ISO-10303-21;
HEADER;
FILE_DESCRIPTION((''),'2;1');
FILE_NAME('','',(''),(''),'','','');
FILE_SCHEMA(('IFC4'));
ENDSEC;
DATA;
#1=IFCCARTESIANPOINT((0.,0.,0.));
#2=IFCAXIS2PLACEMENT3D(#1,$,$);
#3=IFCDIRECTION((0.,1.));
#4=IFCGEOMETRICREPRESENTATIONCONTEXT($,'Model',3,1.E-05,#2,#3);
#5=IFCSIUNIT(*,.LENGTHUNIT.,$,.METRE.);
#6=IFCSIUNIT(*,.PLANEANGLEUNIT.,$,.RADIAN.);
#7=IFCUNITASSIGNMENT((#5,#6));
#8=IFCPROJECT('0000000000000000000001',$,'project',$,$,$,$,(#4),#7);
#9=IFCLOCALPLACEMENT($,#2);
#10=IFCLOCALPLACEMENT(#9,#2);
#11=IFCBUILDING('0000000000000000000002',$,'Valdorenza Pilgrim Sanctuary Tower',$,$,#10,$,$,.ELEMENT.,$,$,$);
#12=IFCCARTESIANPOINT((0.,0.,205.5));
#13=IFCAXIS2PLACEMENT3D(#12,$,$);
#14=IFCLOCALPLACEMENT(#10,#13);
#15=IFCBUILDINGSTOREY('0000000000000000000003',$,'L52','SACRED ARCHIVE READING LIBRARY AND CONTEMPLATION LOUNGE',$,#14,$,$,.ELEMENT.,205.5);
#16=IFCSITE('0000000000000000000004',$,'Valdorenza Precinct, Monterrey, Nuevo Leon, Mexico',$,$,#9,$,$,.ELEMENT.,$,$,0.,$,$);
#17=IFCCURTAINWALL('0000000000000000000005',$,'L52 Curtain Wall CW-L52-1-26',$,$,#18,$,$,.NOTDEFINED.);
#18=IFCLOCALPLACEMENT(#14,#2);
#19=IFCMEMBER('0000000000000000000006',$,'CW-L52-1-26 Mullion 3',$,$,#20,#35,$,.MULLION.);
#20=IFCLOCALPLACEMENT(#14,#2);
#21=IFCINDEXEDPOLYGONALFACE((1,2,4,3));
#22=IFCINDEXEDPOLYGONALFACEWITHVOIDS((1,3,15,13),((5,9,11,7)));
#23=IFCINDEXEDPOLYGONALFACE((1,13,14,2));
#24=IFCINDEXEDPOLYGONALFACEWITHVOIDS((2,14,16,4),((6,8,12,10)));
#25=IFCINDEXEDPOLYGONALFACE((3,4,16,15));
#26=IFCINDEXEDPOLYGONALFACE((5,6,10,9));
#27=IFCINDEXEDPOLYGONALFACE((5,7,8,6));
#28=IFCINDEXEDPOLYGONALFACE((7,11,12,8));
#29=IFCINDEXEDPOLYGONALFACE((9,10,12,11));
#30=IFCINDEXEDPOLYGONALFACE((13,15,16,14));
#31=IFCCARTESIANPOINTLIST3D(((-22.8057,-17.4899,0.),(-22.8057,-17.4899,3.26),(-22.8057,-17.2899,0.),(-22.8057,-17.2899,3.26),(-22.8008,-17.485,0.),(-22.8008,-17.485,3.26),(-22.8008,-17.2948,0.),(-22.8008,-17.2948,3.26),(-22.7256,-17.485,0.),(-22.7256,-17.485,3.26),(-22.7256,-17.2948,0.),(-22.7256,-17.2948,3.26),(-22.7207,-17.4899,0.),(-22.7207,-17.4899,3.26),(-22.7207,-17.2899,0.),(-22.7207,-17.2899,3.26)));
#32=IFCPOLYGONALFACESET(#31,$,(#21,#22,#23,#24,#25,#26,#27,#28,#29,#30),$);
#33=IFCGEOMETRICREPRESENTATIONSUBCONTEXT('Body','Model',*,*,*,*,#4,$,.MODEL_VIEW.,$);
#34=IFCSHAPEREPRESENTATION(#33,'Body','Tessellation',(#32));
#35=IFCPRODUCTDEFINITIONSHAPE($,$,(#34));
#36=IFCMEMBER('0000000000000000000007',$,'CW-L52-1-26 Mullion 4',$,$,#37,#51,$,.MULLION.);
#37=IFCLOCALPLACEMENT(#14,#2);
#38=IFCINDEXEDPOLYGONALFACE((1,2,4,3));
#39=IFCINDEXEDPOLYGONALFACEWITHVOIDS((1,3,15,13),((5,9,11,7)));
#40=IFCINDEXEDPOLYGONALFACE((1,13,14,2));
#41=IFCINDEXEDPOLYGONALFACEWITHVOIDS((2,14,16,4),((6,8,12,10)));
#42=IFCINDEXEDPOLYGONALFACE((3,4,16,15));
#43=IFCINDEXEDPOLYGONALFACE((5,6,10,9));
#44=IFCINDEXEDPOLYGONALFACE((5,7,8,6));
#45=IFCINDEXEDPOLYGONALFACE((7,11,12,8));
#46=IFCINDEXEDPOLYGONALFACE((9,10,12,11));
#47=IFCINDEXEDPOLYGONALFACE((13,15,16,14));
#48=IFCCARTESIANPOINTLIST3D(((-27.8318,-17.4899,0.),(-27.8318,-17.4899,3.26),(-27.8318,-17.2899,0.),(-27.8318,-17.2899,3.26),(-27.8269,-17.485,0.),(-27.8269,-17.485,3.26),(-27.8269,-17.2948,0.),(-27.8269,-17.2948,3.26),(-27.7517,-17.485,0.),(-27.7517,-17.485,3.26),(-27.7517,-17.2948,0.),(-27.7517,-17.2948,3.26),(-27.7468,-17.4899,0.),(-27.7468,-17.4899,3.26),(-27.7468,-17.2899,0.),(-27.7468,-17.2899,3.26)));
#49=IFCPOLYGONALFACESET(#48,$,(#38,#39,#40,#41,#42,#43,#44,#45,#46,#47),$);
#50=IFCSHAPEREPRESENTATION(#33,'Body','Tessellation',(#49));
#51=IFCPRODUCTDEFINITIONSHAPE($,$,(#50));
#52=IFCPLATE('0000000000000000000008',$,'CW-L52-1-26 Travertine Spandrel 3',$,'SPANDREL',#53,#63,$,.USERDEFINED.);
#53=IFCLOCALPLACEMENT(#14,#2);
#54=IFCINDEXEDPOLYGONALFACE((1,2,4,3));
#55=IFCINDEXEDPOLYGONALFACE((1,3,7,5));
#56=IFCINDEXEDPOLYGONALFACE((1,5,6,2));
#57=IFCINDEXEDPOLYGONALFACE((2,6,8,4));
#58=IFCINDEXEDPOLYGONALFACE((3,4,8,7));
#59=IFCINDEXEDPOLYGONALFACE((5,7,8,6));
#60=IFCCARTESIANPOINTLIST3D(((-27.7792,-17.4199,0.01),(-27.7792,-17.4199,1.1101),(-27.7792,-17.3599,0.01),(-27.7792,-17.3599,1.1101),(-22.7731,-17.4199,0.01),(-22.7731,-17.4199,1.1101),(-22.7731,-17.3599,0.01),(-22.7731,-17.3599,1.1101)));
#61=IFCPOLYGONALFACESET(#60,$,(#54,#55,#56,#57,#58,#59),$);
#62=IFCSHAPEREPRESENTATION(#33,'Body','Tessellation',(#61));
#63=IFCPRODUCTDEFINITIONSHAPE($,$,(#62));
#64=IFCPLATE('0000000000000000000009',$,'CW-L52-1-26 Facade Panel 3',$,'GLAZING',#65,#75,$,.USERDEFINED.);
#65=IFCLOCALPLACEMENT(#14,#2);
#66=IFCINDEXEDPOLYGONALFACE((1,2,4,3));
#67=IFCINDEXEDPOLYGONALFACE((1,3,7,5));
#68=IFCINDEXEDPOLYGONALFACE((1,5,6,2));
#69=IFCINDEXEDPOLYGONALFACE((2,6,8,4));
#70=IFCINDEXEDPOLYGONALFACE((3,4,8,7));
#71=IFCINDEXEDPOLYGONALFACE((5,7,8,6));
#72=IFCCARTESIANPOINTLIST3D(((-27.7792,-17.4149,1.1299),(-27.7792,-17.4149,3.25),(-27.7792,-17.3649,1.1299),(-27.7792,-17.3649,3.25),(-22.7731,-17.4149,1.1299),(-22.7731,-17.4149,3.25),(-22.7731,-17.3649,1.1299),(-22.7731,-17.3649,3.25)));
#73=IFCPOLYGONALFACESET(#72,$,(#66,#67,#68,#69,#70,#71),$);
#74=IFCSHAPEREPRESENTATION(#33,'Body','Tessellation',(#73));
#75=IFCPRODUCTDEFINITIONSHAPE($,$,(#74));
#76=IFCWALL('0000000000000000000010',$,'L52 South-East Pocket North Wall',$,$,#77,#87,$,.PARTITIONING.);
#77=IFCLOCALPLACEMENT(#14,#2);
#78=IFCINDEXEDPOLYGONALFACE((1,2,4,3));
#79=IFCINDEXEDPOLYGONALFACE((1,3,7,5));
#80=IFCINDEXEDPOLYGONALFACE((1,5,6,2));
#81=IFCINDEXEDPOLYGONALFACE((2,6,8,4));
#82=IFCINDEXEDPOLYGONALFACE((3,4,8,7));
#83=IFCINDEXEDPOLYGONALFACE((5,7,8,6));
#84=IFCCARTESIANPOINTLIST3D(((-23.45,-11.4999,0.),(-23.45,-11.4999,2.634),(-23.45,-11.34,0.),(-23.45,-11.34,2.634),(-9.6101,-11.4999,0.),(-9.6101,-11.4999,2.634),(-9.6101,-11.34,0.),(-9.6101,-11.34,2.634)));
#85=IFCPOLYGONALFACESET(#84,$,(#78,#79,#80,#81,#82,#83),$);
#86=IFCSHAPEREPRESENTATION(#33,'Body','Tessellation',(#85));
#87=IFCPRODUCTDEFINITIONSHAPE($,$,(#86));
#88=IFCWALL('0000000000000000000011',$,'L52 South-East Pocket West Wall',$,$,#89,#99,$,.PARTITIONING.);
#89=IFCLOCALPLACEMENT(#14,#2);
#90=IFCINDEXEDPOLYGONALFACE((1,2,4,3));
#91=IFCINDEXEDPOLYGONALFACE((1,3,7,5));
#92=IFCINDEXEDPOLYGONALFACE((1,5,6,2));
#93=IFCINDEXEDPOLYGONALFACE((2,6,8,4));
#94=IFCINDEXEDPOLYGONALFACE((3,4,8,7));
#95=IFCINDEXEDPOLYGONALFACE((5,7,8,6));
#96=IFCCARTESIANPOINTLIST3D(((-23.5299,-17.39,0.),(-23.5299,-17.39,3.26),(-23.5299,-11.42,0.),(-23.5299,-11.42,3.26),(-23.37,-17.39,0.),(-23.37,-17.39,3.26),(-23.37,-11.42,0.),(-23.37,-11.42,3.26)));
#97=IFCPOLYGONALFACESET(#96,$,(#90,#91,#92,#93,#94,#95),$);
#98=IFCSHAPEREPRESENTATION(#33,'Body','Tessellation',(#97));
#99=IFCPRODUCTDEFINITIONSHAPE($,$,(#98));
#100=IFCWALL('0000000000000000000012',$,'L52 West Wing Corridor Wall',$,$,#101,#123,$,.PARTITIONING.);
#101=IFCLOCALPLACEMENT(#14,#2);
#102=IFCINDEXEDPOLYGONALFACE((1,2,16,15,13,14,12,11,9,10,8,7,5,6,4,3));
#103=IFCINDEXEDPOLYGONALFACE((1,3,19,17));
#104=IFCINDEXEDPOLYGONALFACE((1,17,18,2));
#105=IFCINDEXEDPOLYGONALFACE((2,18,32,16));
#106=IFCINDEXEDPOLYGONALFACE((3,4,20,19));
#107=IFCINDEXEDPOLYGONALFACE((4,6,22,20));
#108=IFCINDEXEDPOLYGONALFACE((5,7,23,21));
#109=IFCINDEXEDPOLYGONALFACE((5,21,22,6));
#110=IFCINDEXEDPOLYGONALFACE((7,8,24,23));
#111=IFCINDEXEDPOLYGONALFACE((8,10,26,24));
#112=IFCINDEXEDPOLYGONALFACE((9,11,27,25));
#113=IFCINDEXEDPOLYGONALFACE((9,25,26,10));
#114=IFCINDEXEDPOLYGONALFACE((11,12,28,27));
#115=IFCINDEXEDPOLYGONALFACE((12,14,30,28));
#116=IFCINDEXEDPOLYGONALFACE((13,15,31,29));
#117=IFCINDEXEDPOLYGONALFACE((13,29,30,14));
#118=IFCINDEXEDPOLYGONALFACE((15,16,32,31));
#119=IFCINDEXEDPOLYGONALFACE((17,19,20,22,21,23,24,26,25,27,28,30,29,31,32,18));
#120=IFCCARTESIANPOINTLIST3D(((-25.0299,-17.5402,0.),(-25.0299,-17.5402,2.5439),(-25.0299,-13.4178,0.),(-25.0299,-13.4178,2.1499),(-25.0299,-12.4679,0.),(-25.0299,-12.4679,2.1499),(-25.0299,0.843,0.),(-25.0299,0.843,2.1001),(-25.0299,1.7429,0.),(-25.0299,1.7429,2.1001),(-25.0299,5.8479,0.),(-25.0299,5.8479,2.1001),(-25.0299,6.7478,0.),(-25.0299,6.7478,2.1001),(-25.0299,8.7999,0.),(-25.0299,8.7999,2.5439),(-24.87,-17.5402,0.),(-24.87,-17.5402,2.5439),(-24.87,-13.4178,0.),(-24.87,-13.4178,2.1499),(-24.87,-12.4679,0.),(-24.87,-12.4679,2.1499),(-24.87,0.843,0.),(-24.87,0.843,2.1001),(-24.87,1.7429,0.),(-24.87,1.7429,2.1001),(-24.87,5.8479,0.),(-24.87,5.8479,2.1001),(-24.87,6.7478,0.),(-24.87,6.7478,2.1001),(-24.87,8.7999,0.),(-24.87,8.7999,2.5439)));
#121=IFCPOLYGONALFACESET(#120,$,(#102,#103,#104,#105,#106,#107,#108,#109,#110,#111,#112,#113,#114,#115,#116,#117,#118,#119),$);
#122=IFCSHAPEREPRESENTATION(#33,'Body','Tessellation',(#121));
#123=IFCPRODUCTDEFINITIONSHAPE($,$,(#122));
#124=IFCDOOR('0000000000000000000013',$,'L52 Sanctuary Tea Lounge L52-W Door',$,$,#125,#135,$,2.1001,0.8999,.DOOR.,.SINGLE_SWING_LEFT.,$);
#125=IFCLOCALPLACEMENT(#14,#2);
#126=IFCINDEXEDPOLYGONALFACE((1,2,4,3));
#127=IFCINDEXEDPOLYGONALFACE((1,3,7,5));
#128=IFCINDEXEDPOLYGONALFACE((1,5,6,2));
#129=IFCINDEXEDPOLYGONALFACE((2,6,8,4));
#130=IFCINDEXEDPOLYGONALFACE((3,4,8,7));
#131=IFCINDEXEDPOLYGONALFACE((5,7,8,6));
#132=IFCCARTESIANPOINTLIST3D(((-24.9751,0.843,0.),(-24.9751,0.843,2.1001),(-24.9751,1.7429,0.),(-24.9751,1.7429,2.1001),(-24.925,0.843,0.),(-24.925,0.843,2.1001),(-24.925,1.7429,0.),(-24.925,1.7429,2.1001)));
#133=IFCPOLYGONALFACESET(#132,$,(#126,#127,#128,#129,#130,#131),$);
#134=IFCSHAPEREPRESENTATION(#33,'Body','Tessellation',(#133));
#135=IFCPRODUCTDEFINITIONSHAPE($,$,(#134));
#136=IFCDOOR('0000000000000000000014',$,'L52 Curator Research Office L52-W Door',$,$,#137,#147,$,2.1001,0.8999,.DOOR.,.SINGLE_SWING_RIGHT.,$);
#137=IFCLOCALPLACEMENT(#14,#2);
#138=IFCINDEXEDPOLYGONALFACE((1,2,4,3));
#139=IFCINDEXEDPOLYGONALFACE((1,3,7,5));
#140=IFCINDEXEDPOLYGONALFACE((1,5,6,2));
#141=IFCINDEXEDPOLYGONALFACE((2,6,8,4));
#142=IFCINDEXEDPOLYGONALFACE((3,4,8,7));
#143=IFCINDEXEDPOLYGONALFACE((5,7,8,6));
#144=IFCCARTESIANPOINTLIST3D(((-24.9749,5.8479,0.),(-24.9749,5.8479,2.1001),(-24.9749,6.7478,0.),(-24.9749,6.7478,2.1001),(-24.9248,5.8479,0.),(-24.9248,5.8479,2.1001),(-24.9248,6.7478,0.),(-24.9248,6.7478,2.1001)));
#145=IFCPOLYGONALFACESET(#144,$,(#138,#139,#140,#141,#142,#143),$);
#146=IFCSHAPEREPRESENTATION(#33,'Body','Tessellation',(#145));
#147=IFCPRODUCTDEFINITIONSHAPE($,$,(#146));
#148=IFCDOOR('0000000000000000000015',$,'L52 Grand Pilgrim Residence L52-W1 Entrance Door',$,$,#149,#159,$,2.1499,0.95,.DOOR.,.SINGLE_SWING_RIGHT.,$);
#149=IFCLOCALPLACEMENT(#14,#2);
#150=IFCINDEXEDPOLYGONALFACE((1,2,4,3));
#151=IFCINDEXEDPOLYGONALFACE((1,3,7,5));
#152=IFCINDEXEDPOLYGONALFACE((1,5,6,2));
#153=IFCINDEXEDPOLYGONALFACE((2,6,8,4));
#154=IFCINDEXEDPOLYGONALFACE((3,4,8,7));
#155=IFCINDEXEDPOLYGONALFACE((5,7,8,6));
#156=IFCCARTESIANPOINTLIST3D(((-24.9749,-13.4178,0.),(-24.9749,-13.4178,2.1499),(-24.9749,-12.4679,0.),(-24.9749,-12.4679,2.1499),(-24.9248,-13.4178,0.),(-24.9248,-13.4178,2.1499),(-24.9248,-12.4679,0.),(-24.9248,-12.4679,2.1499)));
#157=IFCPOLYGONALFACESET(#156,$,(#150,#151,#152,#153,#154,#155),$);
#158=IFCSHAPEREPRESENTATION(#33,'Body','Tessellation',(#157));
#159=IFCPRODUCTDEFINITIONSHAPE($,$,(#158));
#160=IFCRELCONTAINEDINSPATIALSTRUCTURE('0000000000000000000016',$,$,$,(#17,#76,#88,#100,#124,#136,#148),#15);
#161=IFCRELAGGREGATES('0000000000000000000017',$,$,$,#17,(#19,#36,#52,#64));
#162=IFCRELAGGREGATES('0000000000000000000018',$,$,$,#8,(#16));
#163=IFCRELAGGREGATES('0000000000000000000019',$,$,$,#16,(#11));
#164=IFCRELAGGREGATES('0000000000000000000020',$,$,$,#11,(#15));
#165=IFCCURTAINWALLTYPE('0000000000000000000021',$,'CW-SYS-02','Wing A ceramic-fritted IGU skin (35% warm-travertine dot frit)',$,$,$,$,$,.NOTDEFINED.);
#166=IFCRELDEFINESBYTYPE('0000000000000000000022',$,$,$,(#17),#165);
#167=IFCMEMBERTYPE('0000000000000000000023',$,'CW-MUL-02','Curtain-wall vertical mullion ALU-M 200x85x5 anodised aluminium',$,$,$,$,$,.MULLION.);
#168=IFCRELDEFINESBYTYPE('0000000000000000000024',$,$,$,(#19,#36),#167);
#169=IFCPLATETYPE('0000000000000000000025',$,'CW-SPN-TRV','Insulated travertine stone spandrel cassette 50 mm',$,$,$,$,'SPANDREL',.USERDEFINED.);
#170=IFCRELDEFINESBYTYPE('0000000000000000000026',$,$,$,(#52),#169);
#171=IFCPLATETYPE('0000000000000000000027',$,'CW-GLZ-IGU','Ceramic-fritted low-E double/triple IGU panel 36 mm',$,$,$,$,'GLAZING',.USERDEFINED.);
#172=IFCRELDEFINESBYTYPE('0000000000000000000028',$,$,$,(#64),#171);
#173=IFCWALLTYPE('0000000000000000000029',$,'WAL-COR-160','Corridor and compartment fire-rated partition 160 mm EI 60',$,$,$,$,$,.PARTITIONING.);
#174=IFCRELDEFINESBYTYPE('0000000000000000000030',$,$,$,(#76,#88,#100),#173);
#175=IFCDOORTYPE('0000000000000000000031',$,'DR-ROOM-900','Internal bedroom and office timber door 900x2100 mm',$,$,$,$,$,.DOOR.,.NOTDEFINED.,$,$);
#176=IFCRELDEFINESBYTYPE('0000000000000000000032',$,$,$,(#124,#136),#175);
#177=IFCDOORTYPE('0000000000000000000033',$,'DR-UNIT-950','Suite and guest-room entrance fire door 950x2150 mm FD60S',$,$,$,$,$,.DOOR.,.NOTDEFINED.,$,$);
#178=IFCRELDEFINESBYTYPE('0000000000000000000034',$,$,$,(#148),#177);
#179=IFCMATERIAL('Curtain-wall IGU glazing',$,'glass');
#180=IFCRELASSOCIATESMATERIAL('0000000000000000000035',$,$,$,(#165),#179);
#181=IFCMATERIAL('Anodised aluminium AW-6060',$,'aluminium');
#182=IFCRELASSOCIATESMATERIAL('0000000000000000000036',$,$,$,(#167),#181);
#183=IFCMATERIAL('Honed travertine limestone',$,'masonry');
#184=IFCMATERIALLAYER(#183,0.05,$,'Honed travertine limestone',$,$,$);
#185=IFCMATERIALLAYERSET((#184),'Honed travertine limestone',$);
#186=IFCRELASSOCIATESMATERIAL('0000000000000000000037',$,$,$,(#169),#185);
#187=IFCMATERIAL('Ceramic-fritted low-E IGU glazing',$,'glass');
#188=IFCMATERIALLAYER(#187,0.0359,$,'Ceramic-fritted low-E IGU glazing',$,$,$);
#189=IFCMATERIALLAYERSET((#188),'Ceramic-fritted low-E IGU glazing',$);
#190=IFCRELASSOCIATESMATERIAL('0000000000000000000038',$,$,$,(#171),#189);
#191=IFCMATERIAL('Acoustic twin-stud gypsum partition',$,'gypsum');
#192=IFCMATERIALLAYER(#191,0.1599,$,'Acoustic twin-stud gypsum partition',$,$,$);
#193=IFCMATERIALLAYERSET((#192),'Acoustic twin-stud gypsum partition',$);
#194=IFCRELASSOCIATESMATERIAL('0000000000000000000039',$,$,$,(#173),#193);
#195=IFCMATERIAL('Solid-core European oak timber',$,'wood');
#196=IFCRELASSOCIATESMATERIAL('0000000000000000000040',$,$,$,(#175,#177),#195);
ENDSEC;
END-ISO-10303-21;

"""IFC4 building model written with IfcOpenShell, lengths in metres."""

from ifc_helpers import new_model, si_unit, direction, frame, frame_2d, origin, origin_2d, place, context, subcontext, project, spatial, rectangle, hollow_rectangle, extrude, source, transform, mapped, material, layer, layer_set, material_profile, profile_set, type_object, element, fill, aggregate, save


model = new_model("IFC4")

# Units and contexts
model_context = context("Model", 3, precision=1e-05, world=origin(), true_north=direction((0.0, 1.0)))
body_context = subcontext(model_context, "Body", "Model", "MODEL_VIEW")
ifc_project = project(units=[si_unit("LENGTHUNIT", "METRE"), si_unit("PLANEANGLEUNIT", "RADIAN")], contexts=[model_context])

# Site, building, storey
site_placement = place(None, origin())
site = spatial("IfcSite", under=ifc_project, at=site_placement, Name="Valdorenza Precinct, Monterrey, Nuevo Leon, Mexico", CompositionType="ELEMENT", RefElevation=0.0)
building_placement = place(site_placement, origin())
building = spatial("IfcBuilding", under=site, at=building_placement, Name="Valdorenza Pilgrim Sanctuary Tower", CompositionType="ELEMENT")
storey_placement = place(building_placement, frame((0.0, 0.0, 205.5)))
storey = spatial("IfcBuildingStorey", under=building, at=storey_placement, Name="L52", Description="SACRED ARCHIVE READING LIBRARY AND CONTEMPLATION LOUNGE", CompositionType="ELEMENT", Elevation=205.5)

# Curtain wall, members, plates
ifc_material_1 = material(Name="Curtain-wall IGU glazing", Category="glass")
curtain_wall_type = type_object("IfcCurtainWallType", Name="CW-SYS-02", Description="Wing A ceramic-fritted IGU skin (35% warm-travertine dot frit)", PredefinedType="NOTDEFINED", material=ifc_material_1)
curtain_wall_placement = place(storey_placement, origin())
curtain_wall = element("IfcCurtainWall", 1, at=curtain_wall_placement, inside=storey, type_object=curtain_wall_type, Name="L52 Curtain Wall CW-L52-1-26", PredefinedType="NOTDEFINED")
ifc_material_2 = material(Name="Anodised aluminium AW-6060", Category="aluminium")
ifc_material_profile_1 = material_profile(ifc_material_2, hollow_rectangle(XDim=0.085, YDim=0.2, WallThickness=0.0049, at=origin_2d()), Name="ALU-M 200x85x5")
ifc_profile_set_1 = profile_set([ifc_material_profile_1], Name="Anodised aluminium AW-6060")
member_type = type_object("IfcMemberType", Name="CW-MUL-02", Description="Curtain-wall vertical mullion ALU-M 200x85x5 anodised aluminium", PredefinedType="MULLION", material=ifc_profile_set_1)
shared_shape_1 = source(origin(), body_context, "Body", "SweptSolid", [
    extrude(hollow_rectangle(XDim=0.085, YDim=0.2, WallThickness=0.0049, at=origin_2d()), origin(), (0.0, 0.0, 1.0), 3.26),
])
member_1_placement = place(storey_placement, frame((-22.7632, -17.3899, 0.0), z_axis=(0.0, 0.0, 1.0), x_axis=(-1.0, 0.0, 0.0)))
member_1 = element("IfcMember", 2, at=member_1_placement, type_object=member_type, Name="CW-L52-1-26 Mullion 3", PredefinedType="MULLION", context=body_context, shape_type="MappedRepresentation", body=[
    mapped(shared_shape_1, transform((0.0, 0.0, 0.0), x_axis=(1.0, 0.0, 0.0), y_axis=(0.0, 1.0, 0.0), z_axis=(0.0, 0.0, 1.0), scale=1.0)),
])
member_2_placement = place(storey_placement, frame((-27.7893, -17.3899, 0.0), z_axis=(0.0, 0.0, 1.0), x_axis=(-1.0, 0.0, 0.0)))
member_2 = element("IfcMember", 3, at=member_2_placement, type_object=member_type, Name="CW-L52-1-26 Mullion 4", PredefinedType="MULLION", context=body_context, shape_type="MappedRepresentation", body=[
    mapped(shared_shape_1, transform((0.0, 0.0, 0.0), x_axis=(1.0, 0.0, 0.0), y_axis=(0.0, 1.0, 0.0), z_axis=(0.0, 0.0, 1.0), scale=1.0)),
])
ifc_material_3 = material(Name="Honed travertine limestone", Category="masonry")
ifc_layer_1 = layer(ifc_material_3, 0.05, Name="Honed travertine limestone")
ifc_layer_set_1 = layer_set([ifc_layer_1], Name="Honed travertine limestone")
plate_type_1 = type_object("IfcPlateType", Name="CW-SPN-TRV", Description="Insulated travertine stone spandrel cassette 50 mm", ElementType="SPANDREL", PredefinedType="USERDEFINED", material=ifc_layer_set_1)
shared_shape_2 = source(origin(), body_context, "Body", "SweptSolid", [
    extrude(rectangle(XDim=5.0061, YDim=0.0601, at=origin_2d()), origin(), (0.0, 0.0, 1.0), 1.1001),
])
plate_1_placement = place(storey_placement, frame((-25.2761, -17.3899, 0.01), z_axis=(0.0, 0.0, 1.0), x_axis=(-1.0, 0.0, 0.0)))
plate_1 = element("IfcPlate", 4, at=plate_1_placement, type_object=plate_type_1, Name="CW-L52-1-26 Travertine Spandrel 3", ObjectType="SPANDREL", PredefinedType="USERDEFINED", context=body_context, shape_type="MappedRepresentation", body=[
    mapped(shared_shape_2, transform((0.0, 0.0, 0.0), x_axis=(1.0, 0.0, 0.0), y_axis=(0.0, 1.0, 0.0), z_axis=(0.0, 0.0, 1.0), scale=1.0)),
])
ifc_material_4 = material(Name="Ceramic-fritted low-E IGU glazing", Category="glass")
ifc_layer_2 = layer(ifc_material_4, 0.0359, Name="Ceramic-fritted low-E IGU glazing")
ifc_layer_set_2 = layer_set([ifc_layer_2], Name="Ceramic-fritted low-E IGU glazing")
plate_type_2 = type_object("IfcPlateType", Name="CW-GLZ-IGU", Description="Ceramic-fritted low-E double/triple IGU panel 36 mm", ElementType="GLAZING", PredefinedType="USERDEFINED", material=ifc_layer_set_2)
shared_shape_3 = source(origin(), body_context, "Body", "SweptSolid", [
    extrude(rectangle(XDim=5.0061, YDim=0.05, at=origin_2d()), origin(), (0.0, 0.0, 1.0), 2.1201),
])
plate_2_placement = place(storey_placement, frame((-25.2761, -17.3899, 1.1299), z_axis=(0.0, 0.0, 1.0), x_axis=(-1.0, 0.0, 0.0)))
plate_2 = element("IfcPlate", 5, at=plate_2_placement, type_object=plate_type_2, Name="CW-L52-1-26 Facade Panel 3", ObjectType="GLAZING", PredefinedType="USERDEFINED", context=body_context, shape_type="MappedRepresentation", body=[
    mapped(shared_shape_3, transform((0.0, 0.0, 0.0), x_axis=(1.0, 0.0, 0.0), y_axis=(0.0, 1.0, 0.0), z_axis=(0.0, 0.0, 1.0), scale=1.0)),
])
aggregate(curtain_wall, [member_1, member_2, plate_1, plate_2])

# Walls
ifc_material_5 = material(Name="Acoustic twin-stud gypsum partition", Category="gypsum")
ifc_layer_3 = layer(ifc_material_5, 0.1599, Name="Acoustic twin-stud gypsum partition")
ifc_layer_set_3 = layer_set([ifc_layer_3], Name="Acoustic twin-stud gypsum partition")
wall_type_1 = type_object("IfcWallType", Name="WAL-COR-160", Description="Corridor and compartment fire-rated partition 160 mm EI 60", PredefinedType="PARTITIONING", material=ifc_layer_set_3)
wall_1_placement = place(storey_placement, frame((-23.45, -11.4199, 0.0), z_axis=(0.0, 0.0, 1.0), x_axis=(1.0, 0.0, 0.0)))
element("IfcWall", 6, at=wall_1_placement, inside=storey, type_object=wall_type_1, Name="L52 South-East Pocket North Wall", PredefinedType="PARTITIONING", context=body_context, shape_type="SweptSolid", body=[
    extrude(rectangle(XDim=13.8398, YDim=0.1599, at=frame_2d((6.9199, 0.0))), origin(), (0.0, 0.0, 1.0), 2.634),
])
wall_2_placement = place(storey_placement, frame((-23.45, -17.3899, 0.0), z_axis=(0.0, 0.0, 1.0), x_axis=(0.0, 1.0, 0.0)))
element("IfcWall", 7, at=wall_2_placement, inside=storey, type_object=wall_type_1, Name="L52 South-East Pocket West Wall", PredefinedType="PARTITIONING", context=body_context, shape_type="SweptSolid", body=[
    extrude(rectangle(XDim=5.97, YDim=0.1599, at=frame_2d((2.9849, 0.0))), origin(), (0.0, 0.0, 1.0), 3.26),
])

# Wall, openings, doors
wall_3_placement = place(storey_placement, frame((-24.95, -17.54, 0.0), z_axis=(0.0, 0.0, 1.0), x_axis=(0.0, 1.0, 0.0)))
wall_3 = element("IfcWall", 8, at=wall_3_placement, inside=storey, type_object=wall_type_1, Name="L52 West Wing Corridor Wall", PredefinedType="PARTITIONING", context=body_context, shape_type="SweptSolid", body=[
    extrude(rectangle(XDim=26.3401, YDim=0.1599, at=frame_2d((13.1699, 0.0))), origin(), (0.0, 0.0, 1.0), 2.5439),
])
opening_1_placement = place(wall_3_placement, frame((4.1221, 0.0, 0.0)))
opening_1 = element("IfcOpeningElement", 9, at=opening_1_placement, cuts=wall_3, PredefinedType="OPENING", context=body_context, shape_type="SweptSolid", body=[
    extrude(rectangle(XDim=0.95, YDim=2.1499, at=frame_2d((0.4751, 1.075))), frame((0.0, 0.0947, 0.0), z_axis=(0.0, -1.0, 0.0), x_axis=(1.0, 0.0, 0.0)), (0.0, 0.0, 1.0), 0.1897),
])
opening_2_placement = place(wall_3_placement, frame((18.3831, 0.0, 0.0)))
opening_2 = element("IfcOpeningElement", 10, at=opening_2_placement, cuts=wall_3, PredefinedType="OPENING", context=body_context, shape_type="SweptSolid", body=[
    extrude(rectangle(XDim=0.8999, YDim=2.1001, at=frame_2d((0.45, 1.05))), frame((0.0, 0.0947, 0.0), z_axis=(0.0, -1.0, 0.0), x_axis=(1.0, 0.0, 0.0)), (0.0, 0.0, 1.0), 0.1897),
])
opening_3_placement = place(wall_3_placement, frame((23.3879, 0.0, 0.0)))
opening_3 = element("IfcOpeningElement", 11, at=opening_3_placement, cuts=wall_3, PredefinedType="OPENING", context=body_context, shape_type="SweptSolid", body=[
    extrude(rectangle(XDim=0.8999, YDim=2.1001, at=frame_2d((0.45, 1.05))), frame((0.0, 0.0947, 0.0), z_axis=(0.0, -1.0, 0.0), x_axis=(1.0, 0.0, 0.0)), (0.0, 0.0, 1.0), 0.1897),
])
ifc_material_6 = material(Name="Solid-core European oak timber", Category="wood")
door_type_1 = type_object("IfcDoorType", Name="DR-ROOM-900", Description="Internal bedroom and office timber door 900x2100 mm", OperationType="NOTDEFINED", PredefinedType="DOOR", material=ifc_material_6)
door_1_placement = place(opening_2_placement, frame((0.8999, 0.0, 0.0), z_axis=(0.0, 0.0, 1.0), x_axis=(-1.0, 0.0, 0.0)))
door_1 = element("IfcDoor", 12, at=door_1_placement, inside=storey, type_object=door_type_1, Name="L52 Sanctuary Tea Lounge L52-W Door", OperationType="SINGLE_SWING_LEFT", OverallHeight=2.1001, OverallWidth=0.8999, PredefinedType="DOOR", context=body_context, shape_type="SweptSolid", body=[
    extrude(rectangle(XDim=0.8999, YDim=2.1001, at=frame_2d((0.45, 1.05))), frame((0.0, 0.0249, 0.0), z_axis=(0.0, -1.0, 0.0), x_axis=(1.0, 0.0, 0.0)), (0.0, 0.0, 1.0), 0.05),
])
fill(opening_2, door_1)
door_2_placement = place(opening_3_placement, origin())
door_2 = element("IfcDoor", 13, at=door_2_placement, inside=storey, type_object=door_type_1, Name="L52 Curator Research Office L52-W Door", OperationType="SINGLE_SWING_RIGHT", OverallHeight=2.1001, OverallWidth=0.8999, PredefinedType="DOOR", context=body_context, shape_type="SweptSolid", body=[
    extrude(rectangle(XDim=0.8999, YDim=2.1001, at=frame_2d((0.45, 1.05))), frame((0.0, 0.0249, 0.0), z_axis=(0.0, -1.0, 0.0), x_axis=(1.0, 0.0, 0.0)), (0.0, 0.0, 1.0), 0.05),
])
fill(opening_3, door_2)
door_type_2 = type_object("IfcDoorType", Name="DR-UNIT-950", Description="Suite and guest-room entrance fire door 950x2150 mm FD60S", OperationType="NOTDEFINED", PredefinedType="DOOR", material=ifc_material_6)
door_3_placement = place(opening_1_placement, origin())
door_3 = element("IfcDoor", 14, at=door_3_placement, inside=storey, type_object=door_type_2, Name="L52 Grand Pilgrim Residence L52-W1 Entrance Door", OperationType="SINGLE_SWING_RIGHT", OverallHeight=2.1499, OverallWidth=0.95, PredefinedType="DOOR", context=body_context, shape_type="SweptSolid", body=[
    extrude(rectangle(XDim=0.95, YDim=2.1499, at=frame_2d((0.4751, 1.075))), frame((0.0, 0.0249, 0.0), z_axis=(0.0, -1.0, 0.0), x_axis=(1.0, 0.0, 0.0)), (0.0, 0.0, 1.0), 0.05),
])
fill(opening_1, door_3)

save(model, "model.ifc")
